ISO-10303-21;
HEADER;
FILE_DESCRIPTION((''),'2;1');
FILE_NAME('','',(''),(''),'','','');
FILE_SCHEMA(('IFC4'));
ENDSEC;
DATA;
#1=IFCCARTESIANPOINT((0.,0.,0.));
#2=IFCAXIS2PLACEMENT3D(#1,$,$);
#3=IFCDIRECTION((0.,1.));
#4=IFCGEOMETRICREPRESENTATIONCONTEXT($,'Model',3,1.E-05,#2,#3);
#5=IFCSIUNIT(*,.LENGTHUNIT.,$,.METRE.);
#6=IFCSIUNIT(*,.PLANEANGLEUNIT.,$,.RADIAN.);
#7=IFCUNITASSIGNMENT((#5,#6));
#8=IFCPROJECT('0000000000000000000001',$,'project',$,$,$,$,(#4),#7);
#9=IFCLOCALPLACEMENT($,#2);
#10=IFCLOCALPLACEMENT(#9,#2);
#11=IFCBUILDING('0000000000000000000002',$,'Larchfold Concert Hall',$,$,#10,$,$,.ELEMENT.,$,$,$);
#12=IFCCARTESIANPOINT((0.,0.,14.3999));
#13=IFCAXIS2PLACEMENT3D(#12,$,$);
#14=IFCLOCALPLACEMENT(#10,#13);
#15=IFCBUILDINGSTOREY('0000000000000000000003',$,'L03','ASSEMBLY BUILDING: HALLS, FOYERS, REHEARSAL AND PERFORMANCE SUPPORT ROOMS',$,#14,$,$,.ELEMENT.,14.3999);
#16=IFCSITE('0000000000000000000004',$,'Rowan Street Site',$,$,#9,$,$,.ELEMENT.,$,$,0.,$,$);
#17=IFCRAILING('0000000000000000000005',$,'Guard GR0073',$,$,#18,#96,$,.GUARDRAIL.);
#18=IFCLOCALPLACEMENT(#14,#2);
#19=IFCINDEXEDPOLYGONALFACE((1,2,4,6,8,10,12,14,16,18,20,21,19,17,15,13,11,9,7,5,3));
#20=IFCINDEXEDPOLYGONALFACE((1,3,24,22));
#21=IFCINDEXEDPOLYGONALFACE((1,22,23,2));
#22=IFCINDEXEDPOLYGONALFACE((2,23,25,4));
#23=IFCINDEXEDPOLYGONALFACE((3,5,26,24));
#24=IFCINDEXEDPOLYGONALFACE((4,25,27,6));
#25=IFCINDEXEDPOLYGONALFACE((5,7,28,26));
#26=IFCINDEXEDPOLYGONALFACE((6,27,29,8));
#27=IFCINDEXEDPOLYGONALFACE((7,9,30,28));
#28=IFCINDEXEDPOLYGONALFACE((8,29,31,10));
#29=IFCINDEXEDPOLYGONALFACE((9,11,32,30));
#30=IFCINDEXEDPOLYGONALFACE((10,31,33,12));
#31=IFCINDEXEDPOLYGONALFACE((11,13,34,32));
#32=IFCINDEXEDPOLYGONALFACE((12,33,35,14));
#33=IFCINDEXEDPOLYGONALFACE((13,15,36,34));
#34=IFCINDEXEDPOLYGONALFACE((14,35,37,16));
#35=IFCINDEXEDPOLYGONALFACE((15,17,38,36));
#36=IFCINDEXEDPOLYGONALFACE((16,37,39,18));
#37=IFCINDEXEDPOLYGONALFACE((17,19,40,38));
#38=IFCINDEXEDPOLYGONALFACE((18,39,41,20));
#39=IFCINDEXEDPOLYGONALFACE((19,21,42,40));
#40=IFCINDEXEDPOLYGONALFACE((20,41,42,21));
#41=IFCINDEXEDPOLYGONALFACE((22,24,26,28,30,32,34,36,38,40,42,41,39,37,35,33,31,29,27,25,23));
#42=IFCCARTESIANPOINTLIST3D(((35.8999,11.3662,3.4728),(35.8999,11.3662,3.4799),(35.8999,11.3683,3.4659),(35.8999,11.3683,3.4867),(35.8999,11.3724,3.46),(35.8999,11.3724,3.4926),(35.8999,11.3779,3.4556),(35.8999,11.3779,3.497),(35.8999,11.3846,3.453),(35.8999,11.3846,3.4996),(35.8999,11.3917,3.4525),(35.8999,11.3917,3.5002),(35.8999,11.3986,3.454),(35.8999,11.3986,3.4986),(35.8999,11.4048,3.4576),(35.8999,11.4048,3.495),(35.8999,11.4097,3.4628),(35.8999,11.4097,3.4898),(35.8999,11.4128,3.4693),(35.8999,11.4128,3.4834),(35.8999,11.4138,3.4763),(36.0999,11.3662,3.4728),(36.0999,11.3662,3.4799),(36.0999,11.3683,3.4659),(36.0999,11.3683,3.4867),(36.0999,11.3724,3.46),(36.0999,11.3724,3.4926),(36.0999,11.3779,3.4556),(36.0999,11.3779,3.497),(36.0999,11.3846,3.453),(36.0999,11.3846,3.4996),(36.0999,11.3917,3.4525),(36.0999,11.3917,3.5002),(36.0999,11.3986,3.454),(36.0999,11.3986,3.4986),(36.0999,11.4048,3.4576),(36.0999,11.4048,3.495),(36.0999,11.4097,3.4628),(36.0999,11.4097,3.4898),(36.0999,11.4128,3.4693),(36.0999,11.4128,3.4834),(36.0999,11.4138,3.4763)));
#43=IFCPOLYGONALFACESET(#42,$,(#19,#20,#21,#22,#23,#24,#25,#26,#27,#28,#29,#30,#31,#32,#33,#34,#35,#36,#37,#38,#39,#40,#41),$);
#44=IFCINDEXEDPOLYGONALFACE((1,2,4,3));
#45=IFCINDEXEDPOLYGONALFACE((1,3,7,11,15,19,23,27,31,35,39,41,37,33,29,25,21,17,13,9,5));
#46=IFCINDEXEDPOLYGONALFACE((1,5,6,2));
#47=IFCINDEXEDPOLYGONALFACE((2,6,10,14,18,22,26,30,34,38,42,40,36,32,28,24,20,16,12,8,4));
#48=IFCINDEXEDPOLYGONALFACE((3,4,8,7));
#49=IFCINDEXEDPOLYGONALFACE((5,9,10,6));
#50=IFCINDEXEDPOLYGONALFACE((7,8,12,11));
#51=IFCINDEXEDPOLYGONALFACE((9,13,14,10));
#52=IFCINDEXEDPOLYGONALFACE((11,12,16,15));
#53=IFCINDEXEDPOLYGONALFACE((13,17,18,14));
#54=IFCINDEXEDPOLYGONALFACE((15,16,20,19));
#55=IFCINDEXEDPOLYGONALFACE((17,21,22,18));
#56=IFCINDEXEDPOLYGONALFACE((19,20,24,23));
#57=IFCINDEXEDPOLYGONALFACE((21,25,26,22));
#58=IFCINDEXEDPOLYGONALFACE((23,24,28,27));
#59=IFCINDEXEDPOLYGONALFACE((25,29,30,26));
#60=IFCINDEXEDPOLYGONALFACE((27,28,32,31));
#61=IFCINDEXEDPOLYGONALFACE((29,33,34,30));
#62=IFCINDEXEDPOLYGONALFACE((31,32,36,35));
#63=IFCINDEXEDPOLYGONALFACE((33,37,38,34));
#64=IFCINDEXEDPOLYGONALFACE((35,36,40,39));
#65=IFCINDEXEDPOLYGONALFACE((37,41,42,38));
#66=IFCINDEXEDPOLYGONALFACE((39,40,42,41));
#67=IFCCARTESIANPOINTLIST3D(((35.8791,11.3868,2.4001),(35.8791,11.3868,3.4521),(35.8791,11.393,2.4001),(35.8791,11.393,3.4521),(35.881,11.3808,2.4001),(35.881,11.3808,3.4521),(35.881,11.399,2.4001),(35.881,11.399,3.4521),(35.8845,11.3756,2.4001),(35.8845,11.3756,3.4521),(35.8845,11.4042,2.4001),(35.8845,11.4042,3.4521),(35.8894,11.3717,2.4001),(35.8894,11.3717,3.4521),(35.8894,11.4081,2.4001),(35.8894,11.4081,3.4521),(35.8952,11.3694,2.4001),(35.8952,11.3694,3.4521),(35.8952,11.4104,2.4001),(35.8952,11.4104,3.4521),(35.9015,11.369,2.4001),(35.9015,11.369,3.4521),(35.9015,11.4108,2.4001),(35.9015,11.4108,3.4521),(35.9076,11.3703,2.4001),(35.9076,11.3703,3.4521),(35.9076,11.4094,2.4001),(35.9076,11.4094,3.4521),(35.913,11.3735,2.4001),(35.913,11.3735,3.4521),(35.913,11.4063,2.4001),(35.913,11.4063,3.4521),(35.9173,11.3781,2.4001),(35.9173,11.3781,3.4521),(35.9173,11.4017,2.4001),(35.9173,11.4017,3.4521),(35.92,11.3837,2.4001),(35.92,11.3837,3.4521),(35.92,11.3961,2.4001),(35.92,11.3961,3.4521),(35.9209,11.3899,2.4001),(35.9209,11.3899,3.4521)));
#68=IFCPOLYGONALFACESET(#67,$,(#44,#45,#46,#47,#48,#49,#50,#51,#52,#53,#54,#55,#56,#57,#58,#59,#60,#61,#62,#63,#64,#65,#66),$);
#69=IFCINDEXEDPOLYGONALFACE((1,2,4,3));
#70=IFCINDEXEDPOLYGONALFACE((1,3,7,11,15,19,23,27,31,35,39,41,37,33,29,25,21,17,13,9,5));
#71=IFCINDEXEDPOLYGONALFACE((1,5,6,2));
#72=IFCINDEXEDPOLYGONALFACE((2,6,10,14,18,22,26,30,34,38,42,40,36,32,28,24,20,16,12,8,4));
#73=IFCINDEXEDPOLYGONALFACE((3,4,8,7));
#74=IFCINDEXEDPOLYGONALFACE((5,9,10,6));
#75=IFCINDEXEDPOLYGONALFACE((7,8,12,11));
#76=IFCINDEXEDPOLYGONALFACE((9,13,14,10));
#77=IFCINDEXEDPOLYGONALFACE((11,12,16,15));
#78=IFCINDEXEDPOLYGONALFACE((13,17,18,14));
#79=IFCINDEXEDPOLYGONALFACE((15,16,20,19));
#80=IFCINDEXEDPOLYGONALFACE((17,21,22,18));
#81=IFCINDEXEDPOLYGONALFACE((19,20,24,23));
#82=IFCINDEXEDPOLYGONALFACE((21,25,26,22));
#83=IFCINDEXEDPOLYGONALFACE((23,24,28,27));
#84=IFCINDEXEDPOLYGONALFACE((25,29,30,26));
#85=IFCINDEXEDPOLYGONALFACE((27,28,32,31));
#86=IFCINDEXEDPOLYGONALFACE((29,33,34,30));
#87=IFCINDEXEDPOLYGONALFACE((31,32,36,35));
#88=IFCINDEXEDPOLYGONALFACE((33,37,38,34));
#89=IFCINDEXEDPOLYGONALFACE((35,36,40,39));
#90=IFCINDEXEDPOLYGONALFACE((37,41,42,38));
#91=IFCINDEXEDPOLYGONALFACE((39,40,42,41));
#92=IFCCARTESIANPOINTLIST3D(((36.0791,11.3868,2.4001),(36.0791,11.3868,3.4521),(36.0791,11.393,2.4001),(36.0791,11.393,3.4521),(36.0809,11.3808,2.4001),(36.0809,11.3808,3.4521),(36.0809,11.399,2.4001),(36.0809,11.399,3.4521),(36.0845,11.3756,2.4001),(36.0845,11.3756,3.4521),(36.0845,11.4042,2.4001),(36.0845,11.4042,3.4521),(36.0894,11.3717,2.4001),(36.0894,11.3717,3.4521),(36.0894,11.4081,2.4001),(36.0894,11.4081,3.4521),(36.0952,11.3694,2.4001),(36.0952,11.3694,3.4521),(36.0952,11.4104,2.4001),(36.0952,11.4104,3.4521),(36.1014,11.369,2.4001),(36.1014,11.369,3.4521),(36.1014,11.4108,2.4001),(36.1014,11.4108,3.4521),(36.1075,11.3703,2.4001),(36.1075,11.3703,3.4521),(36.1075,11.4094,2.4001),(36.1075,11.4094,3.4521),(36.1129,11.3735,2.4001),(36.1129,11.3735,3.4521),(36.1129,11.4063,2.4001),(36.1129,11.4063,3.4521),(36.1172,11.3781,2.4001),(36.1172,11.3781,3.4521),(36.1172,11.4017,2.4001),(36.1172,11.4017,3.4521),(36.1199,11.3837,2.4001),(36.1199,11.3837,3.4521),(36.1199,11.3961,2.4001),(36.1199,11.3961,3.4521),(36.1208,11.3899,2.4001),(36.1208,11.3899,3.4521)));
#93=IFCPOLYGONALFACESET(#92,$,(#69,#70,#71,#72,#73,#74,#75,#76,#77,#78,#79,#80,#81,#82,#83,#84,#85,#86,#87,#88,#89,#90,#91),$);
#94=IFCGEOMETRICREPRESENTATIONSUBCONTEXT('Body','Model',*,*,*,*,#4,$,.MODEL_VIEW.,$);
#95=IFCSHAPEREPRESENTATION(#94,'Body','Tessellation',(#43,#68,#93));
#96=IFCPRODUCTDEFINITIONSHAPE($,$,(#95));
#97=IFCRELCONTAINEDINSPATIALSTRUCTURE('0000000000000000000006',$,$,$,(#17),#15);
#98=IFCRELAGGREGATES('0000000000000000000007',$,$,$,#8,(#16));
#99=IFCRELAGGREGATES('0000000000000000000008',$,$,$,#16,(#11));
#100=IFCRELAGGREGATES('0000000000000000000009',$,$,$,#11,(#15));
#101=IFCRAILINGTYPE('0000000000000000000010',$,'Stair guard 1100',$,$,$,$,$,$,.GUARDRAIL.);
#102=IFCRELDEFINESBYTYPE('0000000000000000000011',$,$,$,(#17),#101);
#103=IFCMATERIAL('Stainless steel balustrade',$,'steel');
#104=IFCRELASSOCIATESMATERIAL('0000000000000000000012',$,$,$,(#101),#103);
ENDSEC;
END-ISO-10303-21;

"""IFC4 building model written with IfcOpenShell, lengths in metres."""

from ifc_helpers import new_model, si_unit, direction, frame, origin, origin_2d, place, context, subcontext, project, spatial, circle, extrude, material, type_object, element, save


model = new_model("IFC4")

# Units and contexts
model_context = context("Model", 3, precision=1e-05, world=origin(), true_north=direction((0.0, 1.0)))
body_context = subcontext(model_context, "Body", "Model", "MODEL_VIEW")
ifc_project = project(units=[si_unit("LENGTHUNIT", "METRE"), si_unit("PLANEANGLEUNIT", "RADIAN")], contexts=[model_context])

# Site, building, storey
site_placement = place(None, origin())
site = spatial("IfcSite", under=ifc_project, at=site_placement, Name="Rowan Street Site", CompositionType="ELEMENT", RefElevation=0.0)
building_placement = place(site_placement, origin())
building = spatial("IfcBuilding", under=site, at=building_placement, Name="Larchfold Concert Hall", CompositionType="ELEMENT")
storey_placement = place(building_placement, frame((0.0, 0.0, 14.3999)))
storey = spatial("IfcBuildingStorey", under=building, at=storey_placement, Name="L03", Description="ASSEMBLY BUILDING: HALLS, FOYERS, REHEARSAL AND PERFORMANCE SUPPORT ROOMS", CompositionType="ELEMENT", Elevation=14.3999)

# Railing
ifc_material_1 = material(Name="Stainless steel balustrade", Category="steel")
railing_type_1 = type_object("IfcRailingType", Name="Stair guard 1100", PredefinedType="GUARDRAIL", material=ifc_material_1)
railing_1_placement = place(storey_placement, frame((35.8999, 11.3899, 2.4001)))
element("IfcRailing", 1, at=railing_1_placement, inside=storey, type_object=railing_type_1, Name="Guard GR0073", PredefinedType="GUARDRAIL", context=body_context, shape_type="SweptSolid", body=[
    extrude(circle(Radius=0.0239, at=origin_2d()), frame((0.0, 0.0, 1.0762), z_axis=(1.0, 0.0, 0.0), x_axis=(0.0, 1.0, 0.0)), (0.0, 0.0, 1.0), 0.2),
    extrude(circle(Radius=0.021, at=origin_2d()), origin(), (0.0, 0.0, 1.0), 1.052),
    extrude(circle(Radius=0.021, at=origin_2d()), frame((0.2, 0.0, 0.0)), (0.0, 0.0, 1.0), 1.052),
])

save(model, "model.ifc")
